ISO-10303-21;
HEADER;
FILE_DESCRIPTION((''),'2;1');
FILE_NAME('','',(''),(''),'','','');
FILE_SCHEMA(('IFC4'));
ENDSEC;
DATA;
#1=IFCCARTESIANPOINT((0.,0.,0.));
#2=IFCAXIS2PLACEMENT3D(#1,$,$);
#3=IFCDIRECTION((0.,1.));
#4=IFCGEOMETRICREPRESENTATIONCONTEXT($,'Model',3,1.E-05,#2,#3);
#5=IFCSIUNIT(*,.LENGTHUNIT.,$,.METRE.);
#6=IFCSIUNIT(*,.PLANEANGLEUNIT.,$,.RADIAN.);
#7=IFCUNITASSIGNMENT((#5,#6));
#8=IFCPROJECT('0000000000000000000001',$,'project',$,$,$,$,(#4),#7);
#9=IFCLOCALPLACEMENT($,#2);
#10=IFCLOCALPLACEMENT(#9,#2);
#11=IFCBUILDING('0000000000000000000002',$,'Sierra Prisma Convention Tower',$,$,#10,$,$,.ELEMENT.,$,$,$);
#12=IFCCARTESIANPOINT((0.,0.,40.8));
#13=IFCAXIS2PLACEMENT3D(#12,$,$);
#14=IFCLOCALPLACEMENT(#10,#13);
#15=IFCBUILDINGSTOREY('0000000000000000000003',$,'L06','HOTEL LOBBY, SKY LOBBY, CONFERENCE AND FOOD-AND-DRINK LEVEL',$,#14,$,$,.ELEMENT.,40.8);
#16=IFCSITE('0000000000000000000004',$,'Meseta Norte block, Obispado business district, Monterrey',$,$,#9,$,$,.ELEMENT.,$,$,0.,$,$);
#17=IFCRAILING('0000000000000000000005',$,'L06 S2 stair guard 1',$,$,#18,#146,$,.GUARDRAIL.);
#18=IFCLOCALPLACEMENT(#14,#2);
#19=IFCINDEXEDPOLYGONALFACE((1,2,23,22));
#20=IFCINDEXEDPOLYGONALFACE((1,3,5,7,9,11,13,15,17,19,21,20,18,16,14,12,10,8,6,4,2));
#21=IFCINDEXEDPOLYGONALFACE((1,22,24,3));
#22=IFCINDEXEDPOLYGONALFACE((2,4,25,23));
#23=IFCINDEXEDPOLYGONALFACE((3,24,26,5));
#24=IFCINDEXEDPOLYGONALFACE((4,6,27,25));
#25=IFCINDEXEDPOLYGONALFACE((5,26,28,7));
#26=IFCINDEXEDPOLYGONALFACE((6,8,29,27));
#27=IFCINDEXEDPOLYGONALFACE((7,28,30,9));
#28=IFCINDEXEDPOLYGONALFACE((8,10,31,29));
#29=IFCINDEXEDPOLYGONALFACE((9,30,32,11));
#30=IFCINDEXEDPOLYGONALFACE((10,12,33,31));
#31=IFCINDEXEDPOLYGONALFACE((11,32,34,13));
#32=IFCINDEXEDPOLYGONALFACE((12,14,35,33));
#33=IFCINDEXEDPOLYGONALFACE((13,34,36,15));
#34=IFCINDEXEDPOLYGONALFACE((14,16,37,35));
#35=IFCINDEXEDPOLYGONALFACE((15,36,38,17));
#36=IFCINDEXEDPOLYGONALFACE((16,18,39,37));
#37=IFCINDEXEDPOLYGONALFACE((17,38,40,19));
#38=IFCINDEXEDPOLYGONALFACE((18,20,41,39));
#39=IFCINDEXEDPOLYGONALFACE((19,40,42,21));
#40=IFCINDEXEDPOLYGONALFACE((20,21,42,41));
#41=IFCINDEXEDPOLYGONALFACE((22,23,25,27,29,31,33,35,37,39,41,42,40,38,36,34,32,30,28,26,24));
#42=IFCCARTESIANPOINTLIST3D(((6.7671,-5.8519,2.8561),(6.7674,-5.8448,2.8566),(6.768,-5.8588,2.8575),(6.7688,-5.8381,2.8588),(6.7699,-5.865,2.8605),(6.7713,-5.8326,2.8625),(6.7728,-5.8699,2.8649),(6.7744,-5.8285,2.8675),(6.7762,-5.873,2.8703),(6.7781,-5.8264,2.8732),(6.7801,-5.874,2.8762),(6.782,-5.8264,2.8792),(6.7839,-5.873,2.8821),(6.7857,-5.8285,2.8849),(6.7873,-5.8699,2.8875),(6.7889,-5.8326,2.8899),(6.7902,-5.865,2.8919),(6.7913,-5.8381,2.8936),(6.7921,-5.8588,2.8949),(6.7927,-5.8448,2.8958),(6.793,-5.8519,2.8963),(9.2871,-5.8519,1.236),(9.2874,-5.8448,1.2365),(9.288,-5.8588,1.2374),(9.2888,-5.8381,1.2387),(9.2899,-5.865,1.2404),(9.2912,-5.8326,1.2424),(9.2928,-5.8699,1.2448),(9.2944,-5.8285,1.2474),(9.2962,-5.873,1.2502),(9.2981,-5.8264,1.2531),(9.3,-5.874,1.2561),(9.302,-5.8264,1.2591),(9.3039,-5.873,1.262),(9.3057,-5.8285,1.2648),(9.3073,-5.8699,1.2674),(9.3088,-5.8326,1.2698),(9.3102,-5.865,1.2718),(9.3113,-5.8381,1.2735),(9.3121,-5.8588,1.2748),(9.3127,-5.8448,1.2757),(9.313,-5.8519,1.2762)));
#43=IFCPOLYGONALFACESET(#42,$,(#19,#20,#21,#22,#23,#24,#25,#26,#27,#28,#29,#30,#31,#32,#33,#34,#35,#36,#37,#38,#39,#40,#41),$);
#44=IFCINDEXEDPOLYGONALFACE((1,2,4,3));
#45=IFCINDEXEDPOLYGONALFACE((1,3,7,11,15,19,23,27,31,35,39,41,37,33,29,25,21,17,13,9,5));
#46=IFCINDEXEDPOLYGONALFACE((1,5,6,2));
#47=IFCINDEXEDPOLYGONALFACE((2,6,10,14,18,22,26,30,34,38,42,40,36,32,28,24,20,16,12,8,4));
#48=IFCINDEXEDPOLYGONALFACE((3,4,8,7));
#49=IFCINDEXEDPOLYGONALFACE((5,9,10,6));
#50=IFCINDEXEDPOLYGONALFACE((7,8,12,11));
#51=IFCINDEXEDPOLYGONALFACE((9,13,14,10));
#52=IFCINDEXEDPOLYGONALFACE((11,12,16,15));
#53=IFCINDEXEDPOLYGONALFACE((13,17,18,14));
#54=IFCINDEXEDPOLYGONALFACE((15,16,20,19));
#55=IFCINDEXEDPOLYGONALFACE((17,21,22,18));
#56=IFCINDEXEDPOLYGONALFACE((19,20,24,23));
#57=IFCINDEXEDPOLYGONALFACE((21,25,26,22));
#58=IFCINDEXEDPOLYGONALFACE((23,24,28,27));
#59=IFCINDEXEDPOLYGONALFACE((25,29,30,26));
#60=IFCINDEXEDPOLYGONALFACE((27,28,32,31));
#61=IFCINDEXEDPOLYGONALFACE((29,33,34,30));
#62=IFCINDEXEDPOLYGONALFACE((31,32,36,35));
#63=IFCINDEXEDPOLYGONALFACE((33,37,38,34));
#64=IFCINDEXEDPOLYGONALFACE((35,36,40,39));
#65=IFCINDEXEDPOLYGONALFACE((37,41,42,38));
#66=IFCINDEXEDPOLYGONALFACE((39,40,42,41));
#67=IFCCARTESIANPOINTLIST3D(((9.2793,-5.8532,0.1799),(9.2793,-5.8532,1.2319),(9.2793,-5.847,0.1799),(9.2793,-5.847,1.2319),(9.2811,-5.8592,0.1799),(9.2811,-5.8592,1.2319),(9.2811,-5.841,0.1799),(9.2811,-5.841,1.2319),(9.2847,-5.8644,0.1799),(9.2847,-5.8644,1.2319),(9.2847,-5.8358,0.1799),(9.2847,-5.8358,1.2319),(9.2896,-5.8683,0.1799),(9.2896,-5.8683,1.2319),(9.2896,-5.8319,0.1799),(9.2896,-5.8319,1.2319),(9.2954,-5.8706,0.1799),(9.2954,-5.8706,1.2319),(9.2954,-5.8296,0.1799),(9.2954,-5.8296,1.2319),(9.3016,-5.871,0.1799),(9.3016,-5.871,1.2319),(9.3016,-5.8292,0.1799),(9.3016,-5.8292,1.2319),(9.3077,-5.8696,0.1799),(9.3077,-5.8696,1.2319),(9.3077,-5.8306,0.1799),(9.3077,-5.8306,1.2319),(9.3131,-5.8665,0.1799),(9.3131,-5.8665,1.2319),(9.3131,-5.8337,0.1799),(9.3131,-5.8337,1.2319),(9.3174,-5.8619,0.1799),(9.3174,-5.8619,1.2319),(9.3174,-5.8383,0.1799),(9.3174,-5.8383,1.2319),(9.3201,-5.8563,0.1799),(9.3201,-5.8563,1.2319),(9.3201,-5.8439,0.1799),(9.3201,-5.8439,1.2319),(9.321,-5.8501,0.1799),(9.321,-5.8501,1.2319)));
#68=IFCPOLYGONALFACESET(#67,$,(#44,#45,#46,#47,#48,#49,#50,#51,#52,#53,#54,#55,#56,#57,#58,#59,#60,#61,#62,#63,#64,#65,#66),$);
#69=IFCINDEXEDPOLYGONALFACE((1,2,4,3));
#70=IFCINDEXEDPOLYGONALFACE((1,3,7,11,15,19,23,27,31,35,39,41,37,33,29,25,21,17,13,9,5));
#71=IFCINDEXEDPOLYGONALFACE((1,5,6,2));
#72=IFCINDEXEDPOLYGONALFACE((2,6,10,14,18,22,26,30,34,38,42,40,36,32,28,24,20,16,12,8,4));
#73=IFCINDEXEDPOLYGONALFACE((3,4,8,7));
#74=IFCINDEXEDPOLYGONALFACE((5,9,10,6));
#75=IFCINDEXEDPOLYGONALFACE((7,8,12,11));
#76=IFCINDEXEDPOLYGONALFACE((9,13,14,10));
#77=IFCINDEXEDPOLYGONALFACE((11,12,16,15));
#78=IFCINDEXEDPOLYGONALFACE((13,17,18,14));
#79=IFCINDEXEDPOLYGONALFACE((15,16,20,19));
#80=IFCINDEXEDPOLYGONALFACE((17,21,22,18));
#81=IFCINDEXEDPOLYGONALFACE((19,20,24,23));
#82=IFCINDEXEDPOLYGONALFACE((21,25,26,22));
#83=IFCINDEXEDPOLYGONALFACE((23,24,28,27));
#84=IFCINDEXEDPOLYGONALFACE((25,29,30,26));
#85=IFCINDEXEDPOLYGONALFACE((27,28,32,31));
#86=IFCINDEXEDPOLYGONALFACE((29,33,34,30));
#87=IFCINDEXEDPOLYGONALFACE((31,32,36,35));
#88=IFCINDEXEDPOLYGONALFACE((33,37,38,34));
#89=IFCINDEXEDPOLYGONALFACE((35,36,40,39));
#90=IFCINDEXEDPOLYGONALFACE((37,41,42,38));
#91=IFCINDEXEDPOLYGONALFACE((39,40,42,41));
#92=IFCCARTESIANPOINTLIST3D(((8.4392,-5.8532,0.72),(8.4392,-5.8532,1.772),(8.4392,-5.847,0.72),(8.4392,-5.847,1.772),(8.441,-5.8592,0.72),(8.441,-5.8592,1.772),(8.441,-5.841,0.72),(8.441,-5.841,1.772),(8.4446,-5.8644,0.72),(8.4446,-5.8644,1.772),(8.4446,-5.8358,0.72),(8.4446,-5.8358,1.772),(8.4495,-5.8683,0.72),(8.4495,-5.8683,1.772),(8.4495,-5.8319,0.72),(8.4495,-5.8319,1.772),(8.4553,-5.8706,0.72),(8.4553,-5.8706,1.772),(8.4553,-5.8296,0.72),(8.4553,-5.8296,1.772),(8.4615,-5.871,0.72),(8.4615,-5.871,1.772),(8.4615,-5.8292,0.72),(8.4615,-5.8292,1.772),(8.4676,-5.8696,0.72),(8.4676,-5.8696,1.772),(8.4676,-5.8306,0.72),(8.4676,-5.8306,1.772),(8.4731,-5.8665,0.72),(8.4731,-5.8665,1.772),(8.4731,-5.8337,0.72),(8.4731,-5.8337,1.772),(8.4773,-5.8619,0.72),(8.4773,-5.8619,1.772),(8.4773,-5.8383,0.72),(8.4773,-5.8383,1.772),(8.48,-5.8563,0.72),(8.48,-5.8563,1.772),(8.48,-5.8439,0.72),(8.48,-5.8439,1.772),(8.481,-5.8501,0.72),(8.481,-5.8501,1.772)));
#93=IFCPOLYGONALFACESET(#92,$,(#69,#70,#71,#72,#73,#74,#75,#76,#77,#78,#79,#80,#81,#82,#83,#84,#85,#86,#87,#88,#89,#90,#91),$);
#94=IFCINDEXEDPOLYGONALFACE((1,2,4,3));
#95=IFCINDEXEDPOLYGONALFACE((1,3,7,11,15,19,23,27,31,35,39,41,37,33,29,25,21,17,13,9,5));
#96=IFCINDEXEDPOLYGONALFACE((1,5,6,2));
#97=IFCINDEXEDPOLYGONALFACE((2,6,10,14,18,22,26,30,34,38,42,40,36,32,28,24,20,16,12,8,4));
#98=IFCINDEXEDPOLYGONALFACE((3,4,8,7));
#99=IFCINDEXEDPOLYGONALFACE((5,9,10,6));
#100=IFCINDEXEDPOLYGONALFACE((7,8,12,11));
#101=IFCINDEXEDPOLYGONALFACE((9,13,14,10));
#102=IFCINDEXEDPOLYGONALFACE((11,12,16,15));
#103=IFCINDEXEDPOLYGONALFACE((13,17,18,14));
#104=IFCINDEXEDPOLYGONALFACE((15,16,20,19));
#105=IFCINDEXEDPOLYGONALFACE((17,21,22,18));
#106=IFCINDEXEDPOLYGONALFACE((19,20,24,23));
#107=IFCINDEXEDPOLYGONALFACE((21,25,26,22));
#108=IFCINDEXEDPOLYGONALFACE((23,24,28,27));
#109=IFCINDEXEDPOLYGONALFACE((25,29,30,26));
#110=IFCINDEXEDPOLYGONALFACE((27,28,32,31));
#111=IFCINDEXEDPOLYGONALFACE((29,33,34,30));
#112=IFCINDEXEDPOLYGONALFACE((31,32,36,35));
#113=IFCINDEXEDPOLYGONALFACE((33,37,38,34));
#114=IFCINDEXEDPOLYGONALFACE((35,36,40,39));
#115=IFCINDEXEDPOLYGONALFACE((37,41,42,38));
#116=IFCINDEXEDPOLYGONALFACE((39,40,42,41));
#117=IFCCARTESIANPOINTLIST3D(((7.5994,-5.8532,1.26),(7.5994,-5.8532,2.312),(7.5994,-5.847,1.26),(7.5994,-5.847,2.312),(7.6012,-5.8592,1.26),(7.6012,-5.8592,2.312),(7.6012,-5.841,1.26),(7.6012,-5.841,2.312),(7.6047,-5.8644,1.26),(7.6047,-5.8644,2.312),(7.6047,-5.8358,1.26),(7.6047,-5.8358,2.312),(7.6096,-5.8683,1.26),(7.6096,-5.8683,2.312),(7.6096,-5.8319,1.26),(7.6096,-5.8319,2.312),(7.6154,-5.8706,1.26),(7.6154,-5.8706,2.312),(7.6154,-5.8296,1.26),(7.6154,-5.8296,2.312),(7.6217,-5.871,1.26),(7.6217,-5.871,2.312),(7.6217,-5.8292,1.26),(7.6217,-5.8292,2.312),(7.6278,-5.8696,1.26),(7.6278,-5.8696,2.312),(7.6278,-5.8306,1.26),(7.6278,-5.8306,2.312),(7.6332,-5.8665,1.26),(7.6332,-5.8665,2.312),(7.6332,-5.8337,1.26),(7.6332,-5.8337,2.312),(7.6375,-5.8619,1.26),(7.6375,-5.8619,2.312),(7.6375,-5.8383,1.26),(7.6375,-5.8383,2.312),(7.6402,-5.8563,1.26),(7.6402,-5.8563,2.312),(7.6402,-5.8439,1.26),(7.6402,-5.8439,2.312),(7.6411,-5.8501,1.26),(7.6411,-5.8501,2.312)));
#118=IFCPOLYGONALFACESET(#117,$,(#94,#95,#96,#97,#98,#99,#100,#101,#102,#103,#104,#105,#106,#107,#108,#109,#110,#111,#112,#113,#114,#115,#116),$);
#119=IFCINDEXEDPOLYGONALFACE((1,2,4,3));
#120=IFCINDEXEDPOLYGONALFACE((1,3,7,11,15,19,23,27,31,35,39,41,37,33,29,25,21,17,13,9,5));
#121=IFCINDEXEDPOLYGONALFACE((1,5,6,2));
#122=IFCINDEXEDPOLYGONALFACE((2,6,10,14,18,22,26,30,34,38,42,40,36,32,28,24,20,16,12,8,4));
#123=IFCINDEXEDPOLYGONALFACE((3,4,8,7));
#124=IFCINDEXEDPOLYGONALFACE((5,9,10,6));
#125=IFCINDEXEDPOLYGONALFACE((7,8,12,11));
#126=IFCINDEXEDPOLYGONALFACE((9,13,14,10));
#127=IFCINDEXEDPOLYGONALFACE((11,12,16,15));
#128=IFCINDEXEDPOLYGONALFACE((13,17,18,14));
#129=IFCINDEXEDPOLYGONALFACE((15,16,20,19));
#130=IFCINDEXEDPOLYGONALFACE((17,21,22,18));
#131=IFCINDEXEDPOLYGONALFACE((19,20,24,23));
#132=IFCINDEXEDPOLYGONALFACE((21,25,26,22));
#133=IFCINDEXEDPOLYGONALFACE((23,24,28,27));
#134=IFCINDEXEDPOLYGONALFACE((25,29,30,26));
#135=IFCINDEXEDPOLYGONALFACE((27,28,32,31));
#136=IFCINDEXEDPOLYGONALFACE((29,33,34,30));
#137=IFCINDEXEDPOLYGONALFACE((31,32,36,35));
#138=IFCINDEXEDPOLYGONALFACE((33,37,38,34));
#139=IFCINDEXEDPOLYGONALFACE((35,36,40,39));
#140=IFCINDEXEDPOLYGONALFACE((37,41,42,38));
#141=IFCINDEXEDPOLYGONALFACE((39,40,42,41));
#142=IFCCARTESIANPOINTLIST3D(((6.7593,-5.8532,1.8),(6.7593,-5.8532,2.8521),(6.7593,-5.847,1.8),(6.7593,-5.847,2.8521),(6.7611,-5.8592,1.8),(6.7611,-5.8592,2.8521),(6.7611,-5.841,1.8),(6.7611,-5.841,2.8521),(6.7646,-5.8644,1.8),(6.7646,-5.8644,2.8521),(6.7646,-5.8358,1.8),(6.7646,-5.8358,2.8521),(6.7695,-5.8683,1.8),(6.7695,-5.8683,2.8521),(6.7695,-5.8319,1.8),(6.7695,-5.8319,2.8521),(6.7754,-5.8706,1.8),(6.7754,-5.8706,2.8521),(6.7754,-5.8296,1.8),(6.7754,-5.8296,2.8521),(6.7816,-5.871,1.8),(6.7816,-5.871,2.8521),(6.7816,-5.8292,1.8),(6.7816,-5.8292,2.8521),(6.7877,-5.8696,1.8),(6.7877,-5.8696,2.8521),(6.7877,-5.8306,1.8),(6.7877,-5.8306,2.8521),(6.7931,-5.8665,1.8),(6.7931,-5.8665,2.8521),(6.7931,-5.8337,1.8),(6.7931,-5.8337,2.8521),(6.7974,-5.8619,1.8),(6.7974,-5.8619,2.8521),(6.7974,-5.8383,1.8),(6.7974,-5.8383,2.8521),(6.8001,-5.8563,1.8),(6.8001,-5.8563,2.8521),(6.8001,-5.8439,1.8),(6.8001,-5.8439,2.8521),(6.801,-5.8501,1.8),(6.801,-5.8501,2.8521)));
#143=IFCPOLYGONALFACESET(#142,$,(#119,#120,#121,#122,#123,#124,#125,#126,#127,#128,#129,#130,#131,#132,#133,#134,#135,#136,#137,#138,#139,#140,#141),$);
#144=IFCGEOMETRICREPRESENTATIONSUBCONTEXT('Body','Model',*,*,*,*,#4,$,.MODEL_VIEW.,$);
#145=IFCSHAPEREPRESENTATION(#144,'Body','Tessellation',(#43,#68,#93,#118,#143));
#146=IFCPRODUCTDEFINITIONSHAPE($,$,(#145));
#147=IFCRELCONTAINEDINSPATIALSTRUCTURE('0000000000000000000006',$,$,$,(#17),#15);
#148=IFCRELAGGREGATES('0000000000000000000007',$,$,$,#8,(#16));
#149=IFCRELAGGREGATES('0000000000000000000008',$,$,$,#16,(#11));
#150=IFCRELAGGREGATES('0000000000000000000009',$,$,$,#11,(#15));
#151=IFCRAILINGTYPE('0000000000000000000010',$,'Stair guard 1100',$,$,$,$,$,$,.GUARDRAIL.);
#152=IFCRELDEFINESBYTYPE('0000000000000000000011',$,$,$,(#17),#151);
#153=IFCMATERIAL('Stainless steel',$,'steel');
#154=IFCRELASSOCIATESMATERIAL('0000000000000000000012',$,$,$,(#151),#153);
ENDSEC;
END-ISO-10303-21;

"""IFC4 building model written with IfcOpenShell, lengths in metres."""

from ifc_helpers import new_model, si_unit, direction, frame, origin, origin_2d, place, context, subcontext, project, spatial, circle, extrude, material, type_object, element, save


model = new_model("IFC4")

# Units and contexts
model_context = context("Model", 3, precision=1e-05, world=origin(), true_north=direction((0.0, 1.0)))
body_context = subcontext(model_context, "Body", "Model", "MODEL_VIEW")
ifc_project = project(units=[si_unit("LENGTHUNIT", "METRE"), si_unit("PLANEANGLEUNIT", "RADIAN")], contexts=[model_context])

# Site, building, storey
site_placement = place(None, origin())
site = spatial("IfcSite", under=ifc_project, at=site_placement, Name="Meseta Norte block, Obispado business district, Monterrey", CompositionType="ELEMENT", RefElevation=0.0)
building_placement = place(site_placement, origin())
building = spatial("IfcBuilding", under=site, at=building_placement, Name="Sierra Prisma Convention Tower", CompositionType="ELEMENT")
storey_placement = place(building_placement, frame((0.0, 0.0, 40.8)))
storey = spatial("IfcBuildingStorey", under=building, at=storey_placement, Name="L06", Description="HOTEL LOBBY, SKY LOBBY, CONFERENCE AND FOOD-AND-DRINK LEVEL", CompositionType="ELEMENT", Elevation=40.8)

# Railing
ifc_material_1 = material(Name="Stainless steel", Category="steel")
railing_type_1 = type_object("IfcRailingType", Name="Stair guard 1100", PredefinedType="GUARDRAIL", material=ifc_material_1)
railing_1_placement = place(storey_placement, frame((9.3, -5.8501, 0.1799)))
element("IfcRailing", 1, at=railing_1_placement, inside=storey, type_object=railing_type_1, Name="L06 S2 stair guard 1", PredefinedType="GUARDRAIL", context=body_context, shape_type="SweptSolid", body=[
    extrude(circle(Radius=0.0239, at=origin_2d()), frame((0.0, 0.0, 1.0762), z_axis=(-0.841163, 0.0, 0.540782), x_axis=(0.0, -1.0, 0.0)), (0.0, 0.0, 1.0), 2.9958),
    extrude(circle(Radius=0.021, at=origin_2d()), origin(), (0.0, 0.0, 1.0), 1.052),
    extrude(circle(Radius=0.021, at=origin_2d()), frame((-0.8401, 0.0, 0.54)), (0.0, 0.0, 1.0), 1.052),
    extrude(circle(Radius=0.021, at=origin_2d()), frame((-1.6799, 0.0, 1.0801)), (0.0, 0.0, 1.0), 1.052),
    extrude(circle(Radius=0.021, at=origin_2d()), frame((-2.52, 0.0, 1.6201)), (0.0, 0.0, 1.0), 1.052),
])

save(model, "model.ifc")
